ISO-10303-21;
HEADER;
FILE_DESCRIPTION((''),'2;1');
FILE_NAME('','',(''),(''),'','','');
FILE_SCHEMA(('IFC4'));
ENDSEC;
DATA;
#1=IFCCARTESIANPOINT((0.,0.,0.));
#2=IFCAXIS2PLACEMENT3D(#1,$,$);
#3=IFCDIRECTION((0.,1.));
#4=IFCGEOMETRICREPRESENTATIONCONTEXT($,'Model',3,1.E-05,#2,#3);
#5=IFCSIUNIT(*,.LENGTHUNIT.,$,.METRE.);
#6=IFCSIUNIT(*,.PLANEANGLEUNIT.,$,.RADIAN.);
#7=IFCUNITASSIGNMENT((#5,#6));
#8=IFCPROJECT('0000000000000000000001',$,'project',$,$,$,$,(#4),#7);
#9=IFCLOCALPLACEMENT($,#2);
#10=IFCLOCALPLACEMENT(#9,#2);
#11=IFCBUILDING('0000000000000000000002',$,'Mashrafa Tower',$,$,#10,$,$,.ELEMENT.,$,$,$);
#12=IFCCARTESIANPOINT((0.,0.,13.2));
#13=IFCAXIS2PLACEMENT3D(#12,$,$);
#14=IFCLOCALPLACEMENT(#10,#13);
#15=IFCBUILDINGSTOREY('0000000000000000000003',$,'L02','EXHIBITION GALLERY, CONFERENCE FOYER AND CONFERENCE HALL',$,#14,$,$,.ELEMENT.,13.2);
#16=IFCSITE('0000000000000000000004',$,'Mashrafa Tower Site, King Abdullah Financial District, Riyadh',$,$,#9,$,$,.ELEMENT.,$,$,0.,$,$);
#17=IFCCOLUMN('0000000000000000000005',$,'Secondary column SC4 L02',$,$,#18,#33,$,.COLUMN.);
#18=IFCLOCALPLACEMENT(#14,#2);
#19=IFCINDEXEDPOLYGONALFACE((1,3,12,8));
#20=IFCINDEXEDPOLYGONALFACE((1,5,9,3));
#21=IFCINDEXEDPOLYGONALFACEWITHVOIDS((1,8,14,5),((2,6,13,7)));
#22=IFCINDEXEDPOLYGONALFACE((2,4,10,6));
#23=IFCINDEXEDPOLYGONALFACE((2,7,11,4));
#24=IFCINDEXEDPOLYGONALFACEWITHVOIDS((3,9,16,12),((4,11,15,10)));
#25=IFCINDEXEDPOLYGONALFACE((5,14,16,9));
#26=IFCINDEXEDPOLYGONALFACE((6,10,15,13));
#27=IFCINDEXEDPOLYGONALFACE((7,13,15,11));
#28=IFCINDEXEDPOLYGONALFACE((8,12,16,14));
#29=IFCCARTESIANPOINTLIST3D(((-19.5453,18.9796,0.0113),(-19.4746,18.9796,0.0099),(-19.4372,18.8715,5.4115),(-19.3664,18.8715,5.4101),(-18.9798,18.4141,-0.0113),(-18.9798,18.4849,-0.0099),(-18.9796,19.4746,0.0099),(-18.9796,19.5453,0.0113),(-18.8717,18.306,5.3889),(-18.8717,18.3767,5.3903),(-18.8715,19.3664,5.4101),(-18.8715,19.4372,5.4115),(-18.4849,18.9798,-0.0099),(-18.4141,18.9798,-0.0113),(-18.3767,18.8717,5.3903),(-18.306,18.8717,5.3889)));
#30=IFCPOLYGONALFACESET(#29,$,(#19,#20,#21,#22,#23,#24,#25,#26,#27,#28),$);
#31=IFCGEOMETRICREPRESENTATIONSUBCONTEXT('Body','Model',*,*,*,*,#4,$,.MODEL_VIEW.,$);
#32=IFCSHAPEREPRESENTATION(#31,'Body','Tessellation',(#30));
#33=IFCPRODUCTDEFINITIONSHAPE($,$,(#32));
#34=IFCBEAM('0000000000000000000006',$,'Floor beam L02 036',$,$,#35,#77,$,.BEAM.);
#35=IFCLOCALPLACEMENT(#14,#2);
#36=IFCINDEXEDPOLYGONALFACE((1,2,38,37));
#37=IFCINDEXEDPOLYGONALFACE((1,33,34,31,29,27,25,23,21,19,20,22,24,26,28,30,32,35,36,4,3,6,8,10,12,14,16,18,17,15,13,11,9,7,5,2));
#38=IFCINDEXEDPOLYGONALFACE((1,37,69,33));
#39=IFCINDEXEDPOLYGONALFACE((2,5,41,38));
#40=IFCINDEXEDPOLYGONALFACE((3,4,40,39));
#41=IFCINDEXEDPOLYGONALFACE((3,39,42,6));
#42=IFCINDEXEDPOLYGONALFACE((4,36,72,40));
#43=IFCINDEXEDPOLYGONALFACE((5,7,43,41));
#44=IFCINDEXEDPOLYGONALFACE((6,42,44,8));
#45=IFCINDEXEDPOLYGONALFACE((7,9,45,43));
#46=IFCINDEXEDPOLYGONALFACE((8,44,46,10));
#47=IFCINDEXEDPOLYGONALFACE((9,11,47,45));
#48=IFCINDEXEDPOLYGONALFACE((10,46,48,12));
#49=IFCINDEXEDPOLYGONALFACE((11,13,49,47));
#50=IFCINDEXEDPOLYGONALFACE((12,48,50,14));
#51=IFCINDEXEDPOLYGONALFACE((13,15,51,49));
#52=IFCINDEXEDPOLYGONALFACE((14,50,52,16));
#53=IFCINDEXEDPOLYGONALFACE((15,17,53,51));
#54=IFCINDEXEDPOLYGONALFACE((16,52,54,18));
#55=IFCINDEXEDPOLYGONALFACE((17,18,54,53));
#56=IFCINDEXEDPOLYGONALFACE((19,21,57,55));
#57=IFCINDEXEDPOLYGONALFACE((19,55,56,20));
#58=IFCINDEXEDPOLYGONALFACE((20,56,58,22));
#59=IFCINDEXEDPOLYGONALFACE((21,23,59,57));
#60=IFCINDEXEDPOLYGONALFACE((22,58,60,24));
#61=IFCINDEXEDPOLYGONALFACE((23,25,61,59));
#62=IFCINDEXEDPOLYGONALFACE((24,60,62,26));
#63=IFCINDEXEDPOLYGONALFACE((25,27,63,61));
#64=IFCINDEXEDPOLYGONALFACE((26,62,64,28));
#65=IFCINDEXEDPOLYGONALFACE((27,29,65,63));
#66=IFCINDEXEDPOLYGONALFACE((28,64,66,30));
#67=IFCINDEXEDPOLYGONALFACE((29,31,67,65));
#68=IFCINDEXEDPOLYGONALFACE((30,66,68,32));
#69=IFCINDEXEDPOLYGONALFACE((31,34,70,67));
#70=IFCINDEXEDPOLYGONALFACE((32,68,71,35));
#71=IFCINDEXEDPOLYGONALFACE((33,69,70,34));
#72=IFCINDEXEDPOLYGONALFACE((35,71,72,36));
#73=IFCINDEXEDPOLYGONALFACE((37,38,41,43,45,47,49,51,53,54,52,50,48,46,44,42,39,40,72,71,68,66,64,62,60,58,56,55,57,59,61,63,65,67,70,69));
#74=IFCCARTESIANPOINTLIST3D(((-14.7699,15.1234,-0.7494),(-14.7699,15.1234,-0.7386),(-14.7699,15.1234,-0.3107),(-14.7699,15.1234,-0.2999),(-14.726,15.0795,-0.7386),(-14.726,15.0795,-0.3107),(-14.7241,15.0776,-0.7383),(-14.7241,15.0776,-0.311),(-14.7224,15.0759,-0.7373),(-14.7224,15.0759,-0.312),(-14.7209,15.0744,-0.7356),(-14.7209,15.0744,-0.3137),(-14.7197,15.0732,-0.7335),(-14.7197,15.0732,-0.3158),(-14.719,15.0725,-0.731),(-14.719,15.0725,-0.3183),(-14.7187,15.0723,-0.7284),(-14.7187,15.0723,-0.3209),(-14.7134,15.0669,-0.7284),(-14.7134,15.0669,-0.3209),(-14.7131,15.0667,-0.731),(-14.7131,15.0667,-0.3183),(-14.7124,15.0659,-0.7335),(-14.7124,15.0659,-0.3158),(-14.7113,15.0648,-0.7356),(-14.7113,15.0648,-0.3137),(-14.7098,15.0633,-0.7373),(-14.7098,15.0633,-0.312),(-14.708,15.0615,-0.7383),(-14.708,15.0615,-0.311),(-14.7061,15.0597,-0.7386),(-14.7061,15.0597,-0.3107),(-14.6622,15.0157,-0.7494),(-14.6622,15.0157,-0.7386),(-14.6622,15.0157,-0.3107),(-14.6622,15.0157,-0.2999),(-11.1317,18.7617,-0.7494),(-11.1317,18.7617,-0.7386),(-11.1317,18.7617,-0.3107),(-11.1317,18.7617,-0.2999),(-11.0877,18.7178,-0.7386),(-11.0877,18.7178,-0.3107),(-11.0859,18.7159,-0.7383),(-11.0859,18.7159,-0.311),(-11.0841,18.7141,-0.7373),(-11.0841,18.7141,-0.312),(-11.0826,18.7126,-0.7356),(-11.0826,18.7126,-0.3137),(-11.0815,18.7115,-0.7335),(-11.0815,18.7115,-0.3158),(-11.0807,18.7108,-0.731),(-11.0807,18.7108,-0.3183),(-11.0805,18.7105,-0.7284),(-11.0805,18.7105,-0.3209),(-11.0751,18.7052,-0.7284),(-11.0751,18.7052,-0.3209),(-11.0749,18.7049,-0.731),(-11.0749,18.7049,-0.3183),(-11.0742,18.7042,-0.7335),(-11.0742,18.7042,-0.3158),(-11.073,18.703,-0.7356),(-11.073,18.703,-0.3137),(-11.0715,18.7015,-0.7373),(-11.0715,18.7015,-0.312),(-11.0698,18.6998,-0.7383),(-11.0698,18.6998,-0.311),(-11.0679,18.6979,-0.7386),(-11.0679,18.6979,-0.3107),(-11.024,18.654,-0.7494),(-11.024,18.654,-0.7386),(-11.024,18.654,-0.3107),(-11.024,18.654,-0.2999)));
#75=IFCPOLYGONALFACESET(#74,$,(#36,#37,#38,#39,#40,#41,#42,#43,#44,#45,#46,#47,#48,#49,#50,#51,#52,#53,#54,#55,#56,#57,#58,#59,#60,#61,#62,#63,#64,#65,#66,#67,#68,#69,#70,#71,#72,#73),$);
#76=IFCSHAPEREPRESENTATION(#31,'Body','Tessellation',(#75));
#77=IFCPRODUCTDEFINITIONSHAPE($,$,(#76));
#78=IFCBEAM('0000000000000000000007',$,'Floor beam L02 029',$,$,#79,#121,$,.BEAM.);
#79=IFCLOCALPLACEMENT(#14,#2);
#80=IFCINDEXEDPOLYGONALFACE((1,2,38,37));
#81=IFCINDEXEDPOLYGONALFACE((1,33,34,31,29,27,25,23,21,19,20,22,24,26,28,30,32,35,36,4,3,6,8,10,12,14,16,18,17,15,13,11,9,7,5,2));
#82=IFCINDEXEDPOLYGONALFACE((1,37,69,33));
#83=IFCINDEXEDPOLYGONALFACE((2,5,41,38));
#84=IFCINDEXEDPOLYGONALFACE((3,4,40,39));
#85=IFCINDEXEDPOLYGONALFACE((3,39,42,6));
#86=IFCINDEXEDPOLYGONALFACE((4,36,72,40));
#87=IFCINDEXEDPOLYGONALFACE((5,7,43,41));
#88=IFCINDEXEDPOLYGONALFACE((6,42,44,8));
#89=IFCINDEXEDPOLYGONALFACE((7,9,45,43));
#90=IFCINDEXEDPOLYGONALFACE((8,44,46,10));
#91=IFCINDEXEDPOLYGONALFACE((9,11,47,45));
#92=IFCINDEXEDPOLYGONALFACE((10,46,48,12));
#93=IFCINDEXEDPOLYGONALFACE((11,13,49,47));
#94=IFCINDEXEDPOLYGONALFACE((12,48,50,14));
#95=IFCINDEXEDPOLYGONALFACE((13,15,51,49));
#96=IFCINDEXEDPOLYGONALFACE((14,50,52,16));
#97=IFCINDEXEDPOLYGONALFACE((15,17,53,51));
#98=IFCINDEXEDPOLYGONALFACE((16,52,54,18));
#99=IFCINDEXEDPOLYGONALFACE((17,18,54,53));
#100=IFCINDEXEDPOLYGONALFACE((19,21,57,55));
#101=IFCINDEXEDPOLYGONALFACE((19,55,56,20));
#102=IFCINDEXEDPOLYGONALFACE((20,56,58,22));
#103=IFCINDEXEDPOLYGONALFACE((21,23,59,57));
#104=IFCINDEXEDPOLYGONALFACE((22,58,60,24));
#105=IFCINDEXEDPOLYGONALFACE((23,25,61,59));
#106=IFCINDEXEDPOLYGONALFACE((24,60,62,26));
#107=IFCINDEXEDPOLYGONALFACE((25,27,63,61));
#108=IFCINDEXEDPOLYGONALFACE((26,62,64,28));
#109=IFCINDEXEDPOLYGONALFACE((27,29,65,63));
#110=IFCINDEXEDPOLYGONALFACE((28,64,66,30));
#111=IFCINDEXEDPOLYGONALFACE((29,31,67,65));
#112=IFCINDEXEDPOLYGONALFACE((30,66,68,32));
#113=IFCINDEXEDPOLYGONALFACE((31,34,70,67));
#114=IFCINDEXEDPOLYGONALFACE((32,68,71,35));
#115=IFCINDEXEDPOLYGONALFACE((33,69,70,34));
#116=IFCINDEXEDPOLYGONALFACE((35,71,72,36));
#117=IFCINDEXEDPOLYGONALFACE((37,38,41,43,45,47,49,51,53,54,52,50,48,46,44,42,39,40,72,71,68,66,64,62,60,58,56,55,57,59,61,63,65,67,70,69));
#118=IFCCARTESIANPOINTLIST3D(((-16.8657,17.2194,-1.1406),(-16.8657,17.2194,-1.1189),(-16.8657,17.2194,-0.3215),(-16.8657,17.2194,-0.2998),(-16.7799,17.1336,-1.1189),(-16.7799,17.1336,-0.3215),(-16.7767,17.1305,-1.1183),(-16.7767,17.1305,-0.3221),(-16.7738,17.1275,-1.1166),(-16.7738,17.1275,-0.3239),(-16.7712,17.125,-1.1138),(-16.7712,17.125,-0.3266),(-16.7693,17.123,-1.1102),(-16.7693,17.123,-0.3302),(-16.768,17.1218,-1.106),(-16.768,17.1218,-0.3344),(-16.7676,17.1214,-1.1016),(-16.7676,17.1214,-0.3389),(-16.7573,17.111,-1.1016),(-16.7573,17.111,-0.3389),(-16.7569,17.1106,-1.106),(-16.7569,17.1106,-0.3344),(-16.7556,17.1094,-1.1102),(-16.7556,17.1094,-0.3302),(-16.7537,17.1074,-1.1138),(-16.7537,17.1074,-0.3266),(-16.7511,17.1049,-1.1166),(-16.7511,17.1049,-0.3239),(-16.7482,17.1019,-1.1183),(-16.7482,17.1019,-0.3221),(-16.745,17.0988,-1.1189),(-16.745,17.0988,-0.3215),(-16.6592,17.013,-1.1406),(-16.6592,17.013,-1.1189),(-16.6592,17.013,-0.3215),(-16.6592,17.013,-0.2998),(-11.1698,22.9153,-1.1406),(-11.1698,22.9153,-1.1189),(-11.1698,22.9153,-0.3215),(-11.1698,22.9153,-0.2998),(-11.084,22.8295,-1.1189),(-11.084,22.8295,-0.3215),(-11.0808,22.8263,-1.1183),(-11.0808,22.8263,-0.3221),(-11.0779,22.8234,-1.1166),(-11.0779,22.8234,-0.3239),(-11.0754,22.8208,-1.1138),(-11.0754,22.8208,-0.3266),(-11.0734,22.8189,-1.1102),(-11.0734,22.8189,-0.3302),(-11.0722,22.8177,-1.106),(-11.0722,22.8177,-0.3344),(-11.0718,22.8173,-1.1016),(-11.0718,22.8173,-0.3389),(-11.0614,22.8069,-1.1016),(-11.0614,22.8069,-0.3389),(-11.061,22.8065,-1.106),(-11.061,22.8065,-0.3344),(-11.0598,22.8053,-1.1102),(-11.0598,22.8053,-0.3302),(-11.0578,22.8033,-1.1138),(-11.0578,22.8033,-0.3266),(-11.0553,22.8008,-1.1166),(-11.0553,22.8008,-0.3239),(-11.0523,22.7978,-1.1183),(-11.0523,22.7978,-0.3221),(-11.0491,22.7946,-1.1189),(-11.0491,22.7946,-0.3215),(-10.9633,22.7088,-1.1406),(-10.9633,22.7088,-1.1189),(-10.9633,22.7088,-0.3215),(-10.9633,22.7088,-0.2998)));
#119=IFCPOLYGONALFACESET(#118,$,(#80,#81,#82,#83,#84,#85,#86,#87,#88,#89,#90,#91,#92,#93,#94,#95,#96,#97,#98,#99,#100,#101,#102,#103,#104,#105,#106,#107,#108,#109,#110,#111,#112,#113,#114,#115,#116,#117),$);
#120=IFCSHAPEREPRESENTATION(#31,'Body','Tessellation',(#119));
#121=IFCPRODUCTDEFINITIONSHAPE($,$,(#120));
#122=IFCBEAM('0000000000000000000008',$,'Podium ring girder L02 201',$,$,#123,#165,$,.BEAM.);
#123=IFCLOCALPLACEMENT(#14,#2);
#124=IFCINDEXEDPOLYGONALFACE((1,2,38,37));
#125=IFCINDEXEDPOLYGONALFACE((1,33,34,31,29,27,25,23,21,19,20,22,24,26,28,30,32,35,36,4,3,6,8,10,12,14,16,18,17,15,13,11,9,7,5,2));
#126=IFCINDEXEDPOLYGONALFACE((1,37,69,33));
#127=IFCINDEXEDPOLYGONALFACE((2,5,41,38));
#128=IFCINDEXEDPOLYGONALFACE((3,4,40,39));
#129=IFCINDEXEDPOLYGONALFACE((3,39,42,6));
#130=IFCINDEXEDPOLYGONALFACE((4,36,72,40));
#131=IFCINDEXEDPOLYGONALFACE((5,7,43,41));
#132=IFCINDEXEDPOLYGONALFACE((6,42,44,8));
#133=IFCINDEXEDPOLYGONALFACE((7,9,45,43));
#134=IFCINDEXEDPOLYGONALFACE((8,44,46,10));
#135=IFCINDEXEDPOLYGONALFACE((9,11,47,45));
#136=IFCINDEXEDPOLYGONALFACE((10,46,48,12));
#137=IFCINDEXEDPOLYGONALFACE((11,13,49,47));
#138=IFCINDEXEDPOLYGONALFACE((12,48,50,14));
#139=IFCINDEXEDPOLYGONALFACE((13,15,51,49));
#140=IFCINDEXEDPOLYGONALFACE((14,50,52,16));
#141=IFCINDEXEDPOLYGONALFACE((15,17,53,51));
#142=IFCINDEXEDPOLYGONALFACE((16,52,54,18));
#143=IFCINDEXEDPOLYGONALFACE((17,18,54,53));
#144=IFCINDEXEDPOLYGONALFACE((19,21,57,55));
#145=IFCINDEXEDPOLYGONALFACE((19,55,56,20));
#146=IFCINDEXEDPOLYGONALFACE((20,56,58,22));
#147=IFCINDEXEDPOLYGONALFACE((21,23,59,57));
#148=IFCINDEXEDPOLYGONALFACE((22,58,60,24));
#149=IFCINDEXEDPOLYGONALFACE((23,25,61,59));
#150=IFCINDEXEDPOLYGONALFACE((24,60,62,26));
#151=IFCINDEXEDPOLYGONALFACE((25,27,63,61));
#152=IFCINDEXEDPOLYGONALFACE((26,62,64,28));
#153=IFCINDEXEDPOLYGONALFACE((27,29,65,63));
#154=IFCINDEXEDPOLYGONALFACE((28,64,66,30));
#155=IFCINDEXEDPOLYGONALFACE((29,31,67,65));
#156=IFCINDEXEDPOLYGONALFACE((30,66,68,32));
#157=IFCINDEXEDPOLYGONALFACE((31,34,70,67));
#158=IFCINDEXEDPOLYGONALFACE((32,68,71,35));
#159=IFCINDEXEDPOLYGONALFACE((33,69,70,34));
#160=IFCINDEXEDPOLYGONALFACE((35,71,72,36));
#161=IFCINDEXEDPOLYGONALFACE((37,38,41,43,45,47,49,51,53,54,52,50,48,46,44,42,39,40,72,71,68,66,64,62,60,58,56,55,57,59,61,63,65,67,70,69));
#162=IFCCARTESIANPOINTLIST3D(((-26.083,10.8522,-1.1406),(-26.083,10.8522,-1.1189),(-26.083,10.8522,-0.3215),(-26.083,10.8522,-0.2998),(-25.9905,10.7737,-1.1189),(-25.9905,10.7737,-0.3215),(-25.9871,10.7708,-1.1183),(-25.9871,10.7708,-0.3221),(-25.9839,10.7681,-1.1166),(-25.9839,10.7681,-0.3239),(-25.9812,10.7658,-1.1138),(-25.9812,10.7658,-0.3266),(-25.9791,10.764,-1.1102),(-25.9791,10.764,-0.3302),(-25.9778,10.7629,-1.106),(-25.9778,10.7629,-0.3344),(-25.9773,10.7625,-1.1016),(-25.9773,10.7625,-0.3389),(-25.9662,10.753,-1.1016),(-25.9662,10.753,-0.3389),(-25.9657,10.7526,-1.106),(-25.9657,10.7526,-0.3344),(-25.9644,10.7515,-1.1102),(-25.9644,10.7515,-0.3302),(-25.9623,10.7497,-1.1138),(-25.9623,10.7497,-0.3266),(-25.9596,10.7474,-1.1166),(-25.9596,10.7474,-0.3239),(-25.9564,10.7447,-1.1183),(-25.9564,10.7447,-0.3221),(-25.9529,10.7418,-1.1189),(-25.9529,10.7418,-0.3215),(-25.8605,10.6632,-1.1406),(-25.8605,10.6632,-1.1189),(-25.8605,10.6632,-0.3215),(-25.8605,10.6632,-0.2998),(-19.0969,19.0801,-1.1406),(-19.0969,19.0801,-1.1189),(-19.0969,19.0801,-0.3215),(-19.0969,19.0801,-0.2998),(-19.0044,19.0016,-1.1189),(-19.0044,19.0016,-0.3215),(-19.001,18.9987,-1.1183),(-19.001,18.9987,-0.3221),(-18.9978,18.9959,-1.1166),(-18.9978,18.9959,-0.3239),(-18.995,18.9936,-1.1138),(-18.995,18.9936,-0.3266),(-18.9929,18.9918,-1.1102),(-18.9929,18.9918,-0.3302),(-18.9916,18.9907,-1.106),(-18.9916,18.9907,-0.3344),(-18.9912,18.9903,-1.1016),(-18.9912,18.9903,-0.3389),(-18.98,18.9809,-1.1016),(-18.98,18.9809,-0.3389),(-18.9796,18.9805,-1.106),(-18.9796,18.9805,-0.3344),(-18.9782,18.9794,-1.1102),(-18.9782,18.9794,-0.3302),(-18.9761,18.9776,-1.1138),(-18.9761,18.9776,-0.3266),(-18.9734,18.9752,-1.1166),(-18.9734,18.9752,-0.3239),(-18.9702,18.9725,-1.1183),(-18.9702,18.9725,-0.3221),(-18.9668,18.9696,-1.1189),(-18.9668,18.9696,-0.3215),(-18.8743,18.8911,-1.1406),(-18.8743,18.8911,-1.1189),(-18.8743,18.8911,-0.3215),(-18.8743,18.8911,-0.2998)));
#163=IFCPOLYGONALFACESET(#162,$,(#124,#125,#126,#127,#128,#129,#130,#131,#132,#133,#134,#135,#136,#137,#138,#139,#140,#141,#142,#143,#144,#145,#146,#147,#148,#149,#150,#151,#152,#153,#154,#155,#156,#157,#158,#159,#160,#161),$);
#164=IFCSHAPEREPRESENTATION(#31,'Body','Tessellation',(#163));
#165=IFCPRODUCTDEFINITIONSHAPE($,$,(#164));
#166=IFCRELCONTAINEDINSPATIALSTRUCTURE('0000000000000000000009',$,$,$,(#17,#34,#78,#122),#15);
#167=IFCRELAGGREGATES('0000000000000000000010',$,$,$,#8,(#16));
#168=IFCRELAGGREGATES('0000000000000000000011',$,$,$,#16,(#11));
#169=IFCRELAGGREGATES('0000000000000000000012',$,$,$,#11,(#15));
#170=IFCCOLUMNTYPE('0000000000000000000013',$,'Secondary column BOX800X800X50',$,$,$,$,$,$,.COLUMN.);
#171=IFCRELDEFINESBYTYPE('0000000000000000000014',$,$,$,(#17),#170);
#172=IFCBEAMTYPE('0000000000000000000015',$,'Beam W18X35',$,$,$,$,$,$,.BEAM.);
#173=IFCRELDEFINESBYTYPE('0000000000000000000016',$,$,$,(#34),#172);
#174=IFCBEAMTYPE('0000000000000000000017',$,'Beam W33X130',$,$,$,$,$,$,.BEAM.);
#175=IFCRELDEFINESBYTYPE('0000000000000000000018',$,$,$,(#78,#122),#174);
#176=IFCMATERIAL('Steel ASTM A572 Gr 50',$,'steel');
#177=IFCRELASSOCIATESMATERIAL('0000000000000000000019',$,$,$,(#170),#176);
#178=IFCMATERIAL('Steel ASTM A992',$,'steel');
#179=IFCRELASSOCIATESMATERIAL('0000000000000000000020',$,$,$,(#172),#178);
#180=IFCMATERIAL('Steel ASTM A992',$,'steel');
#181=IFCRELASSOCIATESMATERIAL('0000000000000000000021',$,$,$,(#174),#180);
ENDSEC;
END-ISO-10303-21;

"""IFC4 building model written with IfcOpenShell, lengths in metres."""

from ifc_helpers import new_model, si_unit, direction, frame, origin, origin_2d, place, context, subcontext, project, spatial, hollow_rectangle, i_section, extrude, material, material_profile, profile_set, type_object, element, save


model = new_model("IFC4")

# Units and contexts
model_context = context("Model", 3, precision=1e-05, world=origin(), true_north=direction((0.0, 1.0)))
body_context = subcontext(model_context, "Body", "Model", "MODEL_VIEW")
ifc_project = project(units=[si_unit("LENGTHUNIT", "METRE"), si_unit("PLANEANGLEUNIT", "RADIAN")], contexts=[model_context])

# Site, building, storey
site_placement = place(None, origin())
site = spatial("IfcSite", under=ifc_project, at=site_placement, Name="Mashrafa Tower Site, King Abdullah Financial District, Riyadh", CompositionType="ELEMENT", RefElevation=0.0)
building_placement = place(site_placement, origin())
building = spatial("IfcBuilding", under=site, at=building_placement, Name="Mashrafa Tower", CompositionType="ELEMENT")
storey_placement = place(building_placement, frame((0.0, 0.0, 13.2)))
storey = spatial("IfcBuildingStorey", under=building, at=storey_placement, Name="L02", Description="EXHIBITION GALLERY, CONFERENCE FOYER AND CONFERENCE HALL", CompositionType="ELEMENT", Elevation=13.2)

# Column
ifc_material_1 = material(Name="Steel ASTM A572 Gr 50", Category="steel")
ifc_material_profile_1 = material_profile(ifc_material_1, hollow_rectangle(XDim=0.8, YDim=0.8, WallThickness=0.05, at=origin_2d()), Name="BOX800X800X50")
ifc_profile_set_1 = profile_set([ifc_material_profile_1], Name="Steel ASTM A572 Gr 50")
column_type = type_object("IfcColumnType", Name="Secondary column BOX800X800X50", PredefinedType="COLUMN", material=ifc_profile_set_1)
column_placement = place(storey_placement, frame((-18.9797, 18.9797, 0.0), z_axis=(0.02002, -0.02002, 0.999599), x_axis=(0.707107, 0.707107, 0.0)))
element("IfcColumn", 1, at=column_placement, inside=storey, type_object=column_type, Name="Secondary column SC4 L02", PredefinedType="COLUMN", context=body_context, shape_type="SweptSolid", body=[
    extrude(hollow_rectangle(XDim=0.8, YDim=0.8, WallThickness=0.05, at=origin_2d()), origin(), (0.0, 0.0, 1.0), 5.4023),
])

# Beams
ifc_material_2 = material(Name="Steel ASTM A992", Category="steel")
ifc_material_profile_2 = material_profile(ifc_material_2, i_section(OverallWidth=0.1523, OverallDepth=0.4495, WebThickness=0.0076, FlangeThickness=0.0107, FilletRadius=0.0103, at=origin_2d()), Name="W18X35")
ifc_profile_set_2 = profile_set([ifc_material_profile_2], Name="Steel ASTM A992")
beam_type_1 = type_object("IfcBeamType", Name="Beam W18X35", PredefinedType="BEAM", material=ifc_profile_set_2)
beam_1_placement = place(storey_placement, frame((-14.7161, 15.0696, -0.5247), z_axis=(0.707107, 0.707107, 0.0), x_axis=(-0.707107, 0.707107, 0.0)))
element("IfcBeam", 2, at=beam_1_placement, inside=storey, type_object=beam_type_1, Name="Floor beam L02 036", PredefinedType="BEAM", context=body_context, shape_type="SweptSolid", body=[
    extrude(i_section(OverallWidth=0.1523, OverallDepth=0.4495, WebThickness=0.0076, FlangeThickness=0.0107, FilletRadius=0.0103, at=origin_2d()), origin(), (0.0, 0.0, 1.0), 5.1453),
])
ifc_material_3 = material(Name="Steel ASTM A992", Category="steel")
ifc_material_profile_3 = material_profile(ifc_material_3, i_section(OverallWidth=0.292, OverallDepth=0.8408, WebThickness=0.0146, FlangeThickness=0.0217, FilletRadius=0.0173, at=origin_2d()), Name="W33X130")
ifc_profile_set_3 = profile_set([ifc_material_profile_3], Name="Steel ASTM A992")
beam_type_2 = type_object("IfcBeamType", Name="Beam W33X130", PredefinedType="BEAM", material=ifc_profile_set_3)
beam_2_placement = place(storey_placement, frame((-16.7625, 17.1162, -0.7202), z_axis=(0.707107, 0.707107, 0.0), x_axis=(-0.707107, 0.707107, 0.0)))
element("IfcBeam", 3, at=beam_2_placement, inside=storey, type_object=beam_type_2, Name="Floor beam L02 029", PredefinedType="BEAM", context=body_context, shape_type="SweptSolid", body=[
    extrude(i_section(OverallWidth=0.292, OverallDepth=0.8408, WebThickness=0.0146, FlangeThickness=0.0217, FilletRadius=0.0173, at=origin_2d()), origin(), (0.0, 0.0, 1.0), 8.0552),
])
beam_3_placement = place(storey_placement, frame((-18.9856, 18.9856, -0.7202), z_axis=(-0.647243, -0.762284, 0.0), x_axis=(0.762284, -0.647243, 0.0)))
element("IfcBeam", 4, at=beam_3_placement, inside=storey, type_object=beam_type_2, Name="Podium ring girder L02 201", PredefinedType="BEAM", context=body_context, shape_type="SweptSolid", body=[
    extrude(i_section(OverallWidth=0.292, OverallDepth=0.8408, WebThickness=0.0146, FlangeThickness=0.0217, FilletRadius=0.0173, at=origin_2d()), origin(), (0.0, 0.0, 1.0), 10.7937),
])

save(model, "model.ifc")
